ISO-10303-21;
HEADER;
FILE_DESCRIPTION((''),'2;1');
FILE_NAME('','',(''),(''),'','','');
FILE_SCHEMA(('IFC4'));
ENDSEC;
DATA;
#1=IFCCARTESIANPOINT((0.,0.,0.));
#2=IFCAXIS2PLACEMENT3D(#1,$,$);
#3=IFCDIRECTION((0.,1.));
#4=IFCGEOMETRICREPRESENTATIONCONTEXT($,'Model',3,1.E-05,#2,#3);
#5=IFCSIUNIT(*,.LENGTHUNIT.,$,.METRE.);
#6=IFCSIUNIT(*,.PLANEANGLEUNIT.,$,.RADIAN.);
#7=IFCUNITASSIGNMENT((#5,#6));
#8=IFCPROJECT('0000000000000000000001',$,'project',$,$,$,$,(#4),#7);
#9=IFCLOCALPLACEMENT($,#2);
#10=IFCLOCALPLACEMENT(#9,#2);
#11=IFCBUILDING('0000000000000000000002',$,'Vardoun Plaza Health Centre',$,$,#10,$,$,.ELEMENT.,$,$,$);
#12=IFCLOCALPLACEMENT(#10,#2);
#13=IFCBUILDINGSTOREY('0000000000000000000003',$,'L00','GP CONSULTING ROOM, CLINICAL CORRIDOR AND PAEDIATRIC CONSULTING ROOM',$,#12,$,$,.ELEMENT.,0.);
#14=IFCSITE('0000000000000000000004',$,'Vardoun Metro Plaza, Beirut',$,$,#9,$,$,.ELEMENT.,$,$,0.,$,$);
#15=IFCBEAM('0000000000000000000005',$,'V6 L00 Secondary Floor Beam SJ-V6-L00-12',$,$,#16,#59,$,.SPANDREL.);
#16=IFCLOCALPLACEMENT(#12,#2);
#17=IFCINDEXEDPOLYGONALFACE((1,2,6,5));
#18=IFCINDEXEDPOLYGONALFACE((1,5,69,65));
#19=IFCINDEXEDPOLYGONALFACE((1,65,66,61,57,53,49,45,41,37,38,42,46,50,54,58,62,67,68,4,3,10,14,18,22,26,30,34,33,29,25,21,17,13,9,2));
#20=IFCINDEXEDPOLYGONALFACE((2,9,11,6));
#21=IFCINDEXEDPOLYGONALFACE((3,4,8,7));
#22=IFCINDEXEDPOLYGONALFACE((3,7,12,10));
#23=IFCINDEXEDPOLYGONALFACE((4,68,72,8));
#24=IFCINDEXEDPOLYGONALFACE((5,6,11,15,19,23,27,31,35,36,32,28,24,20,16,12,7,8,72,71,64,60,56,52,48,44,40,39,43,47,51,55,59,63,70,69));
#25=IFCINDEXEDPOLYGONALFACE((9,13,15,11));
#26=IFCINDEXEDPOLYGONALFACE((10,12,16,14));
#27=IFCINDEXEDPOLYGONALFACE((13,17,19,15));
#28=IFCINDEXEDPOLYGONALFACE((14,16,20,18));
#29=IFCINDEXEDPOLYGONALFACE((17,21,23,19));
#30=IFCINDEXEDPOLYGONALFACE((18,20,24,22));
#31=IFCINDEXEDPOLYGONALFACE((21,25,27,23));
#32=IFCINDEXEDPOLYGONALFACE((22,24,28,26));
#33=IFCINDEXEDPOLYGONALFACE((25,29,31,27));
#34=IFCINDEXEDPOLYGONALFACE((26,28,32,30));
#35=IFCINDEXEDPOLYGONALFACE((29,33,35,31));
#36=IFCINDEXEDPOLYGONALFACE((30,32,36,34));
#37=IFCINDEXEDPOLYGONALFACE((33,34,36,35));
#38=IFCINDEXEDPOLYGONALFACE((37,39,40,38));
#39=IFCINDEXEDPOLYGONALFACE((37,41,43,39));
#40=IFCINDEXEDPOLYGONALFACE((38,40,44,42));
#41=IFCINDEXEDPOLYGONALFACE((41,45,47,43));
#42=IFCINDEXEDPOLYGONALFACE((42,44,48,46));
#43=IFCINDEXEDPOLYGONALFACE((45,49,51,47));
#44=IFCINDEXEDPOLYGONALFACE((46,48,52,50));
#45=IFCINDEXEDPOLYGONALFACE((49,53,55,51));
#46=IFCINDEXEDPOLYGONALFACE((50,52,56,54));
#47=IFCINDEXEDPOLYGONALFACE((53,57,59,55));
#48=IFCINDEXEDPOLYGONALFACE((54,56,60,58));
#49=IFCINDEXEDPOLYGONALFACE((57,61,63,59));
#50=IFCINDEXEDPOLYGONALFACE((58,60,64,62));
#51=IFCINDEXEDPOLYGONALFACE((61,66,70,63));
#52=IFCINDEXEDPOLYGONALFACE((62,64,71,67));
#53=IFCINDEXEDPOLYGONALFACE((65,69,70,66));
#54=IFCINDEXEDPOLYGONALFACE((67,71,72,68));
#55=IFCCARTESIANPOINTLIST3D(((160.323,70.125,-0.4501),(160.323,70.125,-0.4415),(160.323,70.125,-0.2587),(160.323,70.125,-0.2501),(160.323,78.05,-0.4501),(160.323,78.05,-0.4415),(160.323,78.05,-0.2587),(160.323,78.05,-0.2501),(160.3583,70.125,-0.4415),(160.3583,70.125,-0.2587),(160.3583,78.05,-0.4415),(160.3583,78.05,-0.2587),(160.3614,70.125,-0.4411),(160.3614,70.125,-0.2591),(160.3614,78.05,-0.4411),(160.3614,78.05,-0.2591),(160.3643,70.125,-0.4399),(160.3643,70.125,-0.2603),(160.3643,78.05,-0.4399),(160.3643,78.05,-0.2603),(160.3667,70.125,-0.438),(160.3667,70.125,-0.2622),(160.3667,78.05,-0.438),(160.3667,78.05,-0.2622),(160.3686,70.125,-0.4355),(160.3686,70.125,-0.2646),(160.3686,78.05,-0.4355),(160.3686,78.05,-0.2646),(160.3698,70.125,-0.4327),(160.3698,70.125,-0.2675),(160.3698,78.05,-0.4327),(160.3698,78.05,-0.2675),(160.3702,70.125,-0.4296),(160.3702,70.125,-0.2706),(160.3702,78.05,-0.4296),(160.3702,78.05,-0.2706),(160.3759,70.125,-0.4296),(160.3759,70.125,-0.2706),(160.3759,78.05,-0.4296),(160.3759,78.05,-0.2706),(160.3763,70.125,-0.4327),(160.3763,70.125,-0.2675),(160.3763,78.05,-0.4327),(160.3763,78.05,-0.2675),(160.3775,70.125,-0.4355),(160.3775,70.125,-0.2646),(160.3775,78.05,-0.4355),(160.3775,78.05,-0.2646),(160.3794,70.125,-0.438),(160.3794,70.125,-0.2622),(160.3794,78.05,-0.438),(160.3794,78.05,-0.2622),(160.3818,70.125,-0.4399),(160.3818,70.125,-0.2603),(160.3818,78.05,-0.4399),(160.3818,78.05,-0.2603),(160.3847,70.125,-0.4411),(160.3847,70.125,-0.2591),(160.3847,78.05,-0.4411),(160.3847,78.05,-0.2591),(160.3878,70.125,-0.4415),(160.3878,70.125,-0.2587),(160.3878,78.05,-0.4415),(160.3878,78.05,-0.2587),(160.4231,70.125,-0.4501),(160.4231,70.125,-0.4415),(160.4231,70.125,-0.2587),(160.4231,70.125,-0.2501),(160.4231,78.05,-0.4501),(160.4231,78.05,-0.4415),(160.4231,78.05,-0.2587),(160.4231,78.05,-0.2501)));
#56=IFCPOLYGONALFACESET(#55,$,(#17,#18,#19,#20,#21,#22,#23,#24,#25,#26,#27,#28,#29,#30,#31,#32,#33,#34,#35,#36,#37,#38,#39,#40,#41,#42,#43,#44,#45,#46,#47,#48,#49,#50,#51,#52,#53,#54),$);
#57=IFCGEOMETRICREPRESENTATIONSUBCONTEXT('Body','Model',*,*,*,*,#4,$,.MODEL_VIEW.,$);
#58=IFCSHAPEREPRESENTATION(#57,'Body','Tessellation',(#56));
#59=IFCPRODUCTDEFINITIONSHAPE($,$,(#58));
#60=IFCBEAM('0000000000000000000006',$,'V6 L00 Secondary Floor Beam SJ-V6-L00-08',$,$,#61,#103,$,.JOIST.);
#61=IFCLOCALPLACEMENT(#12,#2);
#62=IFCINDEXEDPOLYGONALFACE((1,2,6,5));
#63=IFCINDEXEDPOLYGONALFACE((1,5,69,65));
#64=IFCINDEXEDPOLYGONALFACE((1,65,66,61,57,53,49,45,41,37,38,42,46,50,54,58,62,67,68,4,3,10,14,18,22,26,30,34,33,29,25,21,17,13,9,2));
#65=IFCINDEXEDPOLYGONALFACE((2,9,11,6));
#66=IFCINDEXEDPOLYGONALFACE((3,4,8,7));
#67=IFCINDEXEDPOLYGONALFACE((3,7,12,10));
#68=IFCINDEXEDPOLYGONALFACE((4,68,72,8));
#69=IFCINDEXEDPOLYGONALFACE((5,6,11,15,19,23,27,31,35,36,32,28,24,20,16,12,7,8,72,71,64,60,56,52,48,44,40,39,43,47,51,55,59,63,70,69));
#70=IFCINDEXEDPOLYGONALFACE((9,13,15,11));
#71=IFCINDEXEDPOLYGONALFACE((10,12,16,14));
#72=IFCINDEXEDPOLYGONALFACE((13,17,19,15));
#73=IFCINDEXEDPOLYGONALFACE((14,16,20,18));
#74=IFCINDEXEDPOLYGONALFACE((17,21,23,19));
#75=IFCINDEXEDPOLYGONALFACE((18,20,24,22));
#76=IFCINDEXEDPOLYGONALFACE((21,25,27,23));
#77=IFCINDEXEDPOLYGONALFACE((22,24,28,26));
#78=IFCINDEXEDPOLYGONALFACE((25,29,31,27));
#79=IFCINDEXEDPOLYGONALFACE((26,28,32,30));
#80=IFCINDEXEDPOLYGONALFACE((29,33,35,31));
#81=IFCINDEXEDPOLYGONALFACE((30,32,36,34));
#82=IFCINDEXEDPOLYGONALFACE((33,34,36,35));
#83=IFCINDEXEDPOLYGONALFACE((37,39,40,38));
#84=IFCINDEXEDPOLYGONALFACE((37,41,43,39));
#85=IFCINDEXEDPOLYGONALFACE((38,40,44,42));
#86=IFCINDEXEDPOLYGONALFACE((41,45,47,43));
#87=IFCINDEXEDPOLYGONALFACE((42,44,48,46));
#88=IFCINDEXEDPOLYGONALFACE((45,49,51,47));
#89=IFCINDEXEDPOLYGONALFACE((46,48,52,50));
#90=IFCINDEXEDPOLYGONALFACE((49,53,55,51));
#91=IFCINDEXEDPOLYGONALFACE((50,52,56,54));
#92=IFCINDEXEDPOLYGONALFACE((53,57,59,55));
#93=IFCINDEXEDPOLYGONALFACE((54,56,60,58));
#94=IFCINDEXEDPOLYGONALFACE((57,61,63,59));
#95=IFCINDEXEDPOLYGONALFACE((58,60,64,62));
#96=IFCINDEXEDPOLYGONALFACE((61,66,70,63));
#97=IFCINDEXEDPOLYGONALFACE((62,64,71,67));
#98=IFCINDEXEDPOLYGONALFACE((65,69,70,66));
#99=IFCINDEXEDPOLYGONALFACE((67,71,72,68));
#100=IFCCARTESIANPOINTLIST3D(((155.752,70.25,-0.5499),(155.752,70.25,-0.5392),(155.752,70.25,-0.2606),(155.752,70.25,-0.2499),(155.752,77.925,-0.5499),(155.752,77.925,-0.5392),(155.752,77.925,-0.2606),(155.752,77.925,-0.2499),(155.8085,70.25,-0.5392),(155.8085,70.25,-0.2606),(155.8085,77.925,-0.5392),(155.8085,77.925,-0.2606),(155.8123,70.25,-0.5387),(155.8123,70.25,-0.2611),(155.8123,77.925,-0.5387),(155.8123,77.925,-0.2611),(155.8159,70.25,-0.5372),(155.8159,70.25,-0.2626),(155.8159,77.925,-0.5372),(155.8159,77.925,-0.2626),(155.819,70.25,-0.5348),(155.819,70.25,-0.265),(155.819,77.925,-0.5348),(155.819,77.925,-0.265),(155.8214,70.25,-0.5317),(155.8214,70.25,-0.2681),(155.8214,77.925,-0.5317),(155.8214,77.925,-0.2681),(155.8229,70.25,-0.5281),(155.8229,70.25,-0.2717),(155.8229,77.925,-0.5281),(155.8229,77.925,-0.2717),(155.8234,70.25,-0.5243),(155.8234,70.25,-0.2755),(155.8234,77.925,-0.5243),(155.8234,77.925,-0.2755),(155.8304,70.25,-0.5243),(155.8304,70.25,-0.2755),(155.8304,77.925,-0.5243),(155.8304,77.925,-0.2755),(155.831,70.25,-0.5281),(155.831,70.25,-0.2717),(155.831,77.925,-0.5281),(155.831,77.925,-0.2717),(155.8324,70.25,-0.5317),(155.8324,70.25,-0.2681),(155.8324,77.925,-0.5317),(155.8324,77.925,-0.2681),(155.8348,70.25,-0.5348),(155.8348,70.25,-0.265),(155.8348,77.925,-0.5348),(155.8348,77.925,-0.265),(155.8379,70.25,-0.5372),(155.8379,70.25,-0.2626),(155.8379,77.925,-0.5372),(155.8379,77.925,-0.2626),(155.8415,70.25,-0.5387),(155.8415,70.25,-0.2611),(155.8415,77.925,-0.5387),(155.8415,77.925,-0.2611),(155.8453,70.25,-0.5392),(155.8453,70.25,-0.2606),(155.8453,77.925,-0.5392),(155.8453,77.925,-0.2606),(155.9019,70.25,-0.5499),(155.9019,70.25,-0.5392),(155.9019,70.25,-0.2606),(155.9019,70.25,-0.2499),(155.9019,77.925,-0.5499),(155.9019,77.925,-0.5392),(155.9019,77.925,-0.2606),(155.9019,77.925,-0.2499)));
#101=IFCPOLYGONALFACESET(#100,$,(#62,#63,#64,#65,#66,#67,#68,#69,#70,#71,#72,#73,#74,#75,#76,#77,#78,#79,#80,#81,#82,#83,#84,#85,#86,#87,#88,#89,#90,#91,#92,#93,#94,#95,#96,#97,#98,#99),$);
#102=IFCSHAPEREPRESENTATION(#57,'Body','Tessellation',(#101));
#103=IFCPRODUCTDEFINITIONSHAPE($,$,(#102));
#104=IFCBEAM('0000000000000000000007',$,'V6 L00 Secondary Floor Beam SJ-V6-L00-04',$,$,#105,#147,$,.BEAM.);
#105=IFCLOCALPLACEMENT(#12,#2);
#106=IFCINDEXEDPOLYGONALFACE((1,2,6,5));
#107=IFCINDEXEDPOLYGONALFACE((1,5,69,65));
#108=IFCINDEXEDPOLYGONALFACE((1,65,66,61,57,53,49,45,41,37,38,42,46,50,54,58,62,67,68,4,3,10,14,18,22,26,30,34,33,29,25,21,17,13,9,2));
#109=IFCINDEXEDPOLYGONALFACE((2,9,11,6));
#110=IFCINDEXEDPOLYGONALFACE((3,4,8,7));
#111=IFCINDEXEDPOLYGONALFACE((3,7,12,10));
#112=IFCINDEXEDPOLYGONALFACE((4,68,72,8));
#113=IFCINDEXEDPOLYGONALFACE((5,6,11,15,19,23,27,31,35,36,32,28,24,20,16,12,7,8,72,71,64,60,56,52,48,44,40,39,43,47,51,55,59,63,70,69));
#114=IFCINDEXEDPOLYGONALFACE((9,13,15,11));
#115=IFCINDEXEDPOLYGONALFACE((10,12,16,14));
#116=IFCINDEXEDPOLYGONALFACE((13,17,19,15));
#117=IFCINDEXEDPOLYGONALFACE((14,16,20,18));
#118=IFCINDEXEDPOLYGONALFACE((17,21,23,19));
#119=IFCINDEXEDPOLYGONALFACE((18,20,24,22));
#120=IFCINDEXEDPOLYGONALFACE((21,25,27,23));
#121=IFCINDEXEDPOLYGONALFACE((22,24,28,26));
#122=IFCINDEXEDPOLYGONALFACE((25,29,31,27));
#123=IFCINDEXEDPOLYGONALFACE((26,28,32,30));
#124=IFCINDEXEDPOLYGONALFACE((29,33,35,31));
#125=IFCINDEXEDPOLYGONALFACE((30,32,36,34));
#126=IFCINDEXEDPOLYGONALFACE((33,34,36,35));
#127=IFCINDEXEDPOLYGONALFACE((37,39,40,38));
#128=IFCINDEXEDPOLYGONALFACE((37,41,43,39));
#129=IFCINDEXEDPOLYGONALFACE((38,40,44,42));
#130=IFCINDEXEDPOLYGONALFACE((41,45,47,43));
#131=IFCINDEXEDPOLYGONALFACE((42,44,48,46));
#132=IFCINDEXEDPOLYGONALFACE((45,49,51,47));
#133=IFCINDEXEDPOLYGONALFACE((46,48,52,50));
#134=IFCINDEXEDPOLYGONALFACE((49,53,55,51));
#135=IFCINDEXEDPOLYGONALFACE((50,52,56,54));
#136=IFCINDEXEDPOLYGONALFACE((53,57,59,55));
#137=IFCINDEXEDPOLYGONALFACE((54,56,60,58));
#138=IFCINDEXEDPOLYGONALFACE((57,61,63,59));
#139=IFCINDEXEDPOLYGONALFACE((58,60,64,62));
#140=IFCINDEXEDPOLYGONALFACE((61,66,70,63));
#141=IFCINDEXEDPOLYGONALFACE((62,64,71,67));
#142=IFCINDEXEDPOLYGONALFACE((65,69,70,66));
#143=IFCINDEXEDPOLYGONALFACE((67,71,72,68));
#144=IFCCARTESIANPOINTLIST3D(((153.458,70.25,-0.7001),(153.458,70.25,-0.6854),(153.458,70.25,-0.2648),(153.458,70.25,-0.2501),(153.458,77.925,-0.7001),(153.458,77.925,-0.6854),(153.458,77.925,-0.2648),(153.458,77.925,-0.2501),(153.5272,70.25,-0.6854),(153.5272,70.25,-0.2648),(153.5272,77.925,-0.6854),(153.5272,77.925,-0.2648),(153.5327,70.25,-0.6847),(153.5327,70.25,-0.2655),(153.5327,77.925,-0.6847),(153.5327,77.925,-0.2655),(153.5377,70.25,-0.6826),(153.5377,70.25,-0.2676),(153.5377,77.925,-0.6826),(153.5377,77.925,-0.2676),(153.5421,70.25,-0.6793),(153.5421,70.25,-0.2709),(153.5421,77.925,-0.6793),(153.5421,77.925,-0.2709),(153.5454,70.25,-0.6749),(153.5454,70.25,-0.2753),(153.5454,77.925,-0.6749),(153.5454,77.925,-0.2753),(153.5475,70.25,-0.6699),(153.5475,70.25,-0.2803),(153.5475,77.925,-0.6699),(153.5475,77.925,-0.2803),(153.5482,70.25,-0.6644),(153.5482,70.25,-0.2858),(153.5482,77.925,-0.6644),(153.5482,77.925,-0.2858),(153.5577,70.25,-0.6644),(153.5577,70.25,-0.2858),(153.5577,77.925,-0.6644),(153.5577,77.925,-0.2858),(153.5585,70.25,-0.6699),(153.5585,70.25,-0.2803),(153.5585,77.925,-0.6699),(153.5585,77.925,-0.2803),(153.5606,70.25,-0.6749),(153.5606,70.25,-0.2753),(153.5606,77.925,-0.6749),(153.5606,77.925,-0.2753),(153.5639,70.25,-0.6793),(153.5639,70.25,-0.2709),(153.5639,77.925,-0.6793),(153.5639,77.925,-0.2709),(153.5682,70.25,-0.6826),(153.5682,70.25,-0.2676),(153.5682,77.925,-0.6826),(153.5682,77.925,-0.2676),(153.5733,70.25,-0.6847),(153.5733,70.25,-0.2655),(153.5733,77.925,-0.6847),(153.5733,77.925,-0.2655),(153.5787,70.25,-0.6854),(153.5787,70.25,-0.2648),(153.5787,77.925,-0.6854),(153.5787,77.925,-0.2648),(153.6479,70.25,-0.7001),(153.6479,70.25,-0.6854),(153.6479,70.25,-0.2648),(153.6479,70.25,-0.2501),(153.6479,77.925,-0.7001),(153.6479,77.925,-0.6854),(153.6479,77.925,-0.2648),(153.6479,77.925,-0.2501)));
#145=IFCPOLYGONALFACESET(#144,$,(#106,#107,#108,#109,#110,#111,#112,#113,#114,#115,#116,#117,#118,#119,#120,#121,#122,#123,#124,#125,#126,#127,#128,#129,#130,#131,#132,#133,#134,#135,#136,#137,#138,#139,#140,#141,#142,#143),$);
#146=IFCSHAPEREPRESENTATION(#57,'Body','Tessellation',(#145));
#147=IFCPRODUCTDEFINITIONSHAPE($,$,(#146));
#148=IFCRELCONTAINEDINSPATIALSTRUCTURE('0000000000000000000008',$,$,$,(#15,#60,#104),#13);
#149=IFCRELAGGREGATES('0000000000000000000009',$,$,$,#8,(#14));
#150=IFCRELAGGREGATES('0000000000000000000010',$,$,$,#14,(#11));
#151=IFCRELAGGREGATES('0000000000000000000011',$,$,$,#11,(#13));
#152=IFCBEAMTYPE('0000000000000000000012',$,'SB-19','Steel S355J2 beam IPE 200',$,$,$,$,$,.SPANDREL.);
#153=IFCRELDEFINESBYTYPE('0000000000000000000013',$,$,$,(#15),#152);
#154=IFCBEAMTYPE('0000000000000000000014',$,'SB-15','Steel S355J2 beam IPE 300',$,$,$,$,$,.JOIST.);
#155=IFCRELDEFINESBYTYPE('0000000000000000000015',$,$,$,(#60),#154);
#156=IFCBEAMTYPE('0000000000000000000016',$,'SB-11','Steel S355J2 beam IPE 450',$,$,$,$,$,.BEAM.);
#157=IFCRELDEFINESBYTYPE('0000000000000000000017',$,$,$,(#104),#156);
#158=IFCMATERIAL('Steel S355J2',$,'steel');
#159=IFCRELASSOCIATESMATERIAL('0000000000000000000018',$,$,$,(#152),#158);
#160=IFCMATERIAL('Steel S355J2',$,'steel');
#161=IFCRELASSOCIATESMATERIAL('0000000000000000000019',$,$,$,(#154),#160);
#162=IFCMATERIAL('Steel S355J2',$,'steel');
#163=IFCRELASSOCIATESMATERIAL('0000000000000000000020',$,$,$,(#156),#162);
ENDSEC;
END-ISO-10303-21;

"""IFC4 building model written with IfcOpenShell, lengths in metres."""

from ifc_helpers import new_model, si_unit, direction, frame, origin, origin_2d, place, context, subcontext, project, spatial, i_section, extrude, material, material_profile, profile_set, type_object, element, save


model = new_model("IFC4")

# Units and contexts
model_context = context("Model", 3, precision=1e-05, world=origin(), true_north=direction((0.0, 1.0)))
body_context = subcontext(model_context, "Body", "Model", "MODEL_VIEW")
ifc_project = project(units=[si_unit("LENGTHUNIT", "METRE"), si_unit("PLANEANGLEUNIT", "RADIAN")], contexts=[model_context])

# Site, building, storey
site_placement = place(None, origin())
site = spatial("IfcSite", under=ifc_project, at=site_placement, Name="Vardoun Metro Plaza, Beirut", CompositionType="ELEMENT", RefElevation=0.0)
building_placement = place(site_placement, origin())
building = spatial("IfcBuilding", under=site, at=building_placement, Name="Vardoun Plaza Health Centre", CompositionType="ELEMENT")
storey_placement = place(building_placement, origin())
storey = spatial("IfcBuildingStorey", under=building, at=storey_placement, Name="L00", Description="GP CONSULTING ROOM, CLINICAL CORRIDOR AND PAEDIATRIC CONSULTING ROOM", CompositionType="ELEMENT", Elevation=0.0)

# Beams
ifc_material_1 = material(Name="Steel S355J2", Category="steel")
ifc_material_profile_1 = material_profile(ifc_material_1, i_section(OverallWidth=0.1001, OverallDepth=0.2, WebThickness=0.0056, FlangeThickness=0.0085, FilletRadius=0.012, at=origin_2d()), Name="IPE 200")
ifc_profile_set_1 = profile_set([ifc_material_profile_1], Name="Steel S355J2")
beam_type_1 = type_object("IfcBeamType", Name="SB-19", Description="Steel S355J2 beam IPE 200", PredefinedType="SPANDREL", material=ifc_profile_set_1)
beam_1_placement = place(storey_placement, frame((160.373, 70.125, -0.3501), z_axis=(0.0, 1.0, 0.0), x_axis=(-1.0, 0.0, 0.0)))
element("IfcBeam", 1, at=beam_1_placement, inside=storey, type_object=beam_type_1, Name="V6 L00 Secondary Floor Beam SJ-V6-L00-12", PredefinedType="SPANDREL", context=body_context, shape_type="SweptSolid", body=[
    extrude(i_section(OverallWidth=0.1001, OverallDepth=0.2, WebThickness=0.0056, FlangeThickness=0.0085, FilletRadius=0.012, at=origin_2d()), origin(), (0.0, 0.0, 1.0), 7.925),
])
ifc_material_2 = material(Name="Steel S355J2", Category="steel")
ifc_material_profile_2 = material_profile(ifc_material_2, i_section(OverallWidth=0.1499, OverallDepth=0.3, WebThickness=0.0071, FlangeThickness=0.0107, FilletRadius=0.0149, at=origin_2d()), Name="IPE 300")
ifc_profile_set_2 = profile_set([ifc_material_profile_2], Name="Steel S355J2")
beam_type_2 = type_object("IfcBeamType", Name="SB-15", Description="Steel S355J2 beam IPE 300", PredefinedType="JOIST", material=ifc_profile_set_2)
beam_2_placement = place(storey_placement, frame((155.8269, 70.25, -0.3999), z_axis=(0.0, 1.0, 0.0), x_axis=(-1.0, 0.0, 0.0)))
element("IfcBeam", 2, at=beam_2_placement, inside=storey, type_object=beam_type_2, Name="V6 L00 Secondary Floor Beam SJ-V6-L00-08", PredefinedType="JOIST", context=body_context, shape_type="SweptSolid", body=[
    extrude(i_section(OverallWidth=0.1499, OverallDepth=0.3, WebThickness=0.0071, FlangeThickness=0.0107, FilletRadius=0.0149, at=origin_2d()), origin(), (0.0, 0.0, 1.0), 7.675),
])
ifc_material_3 = material(Name="Steel S355J2", Category="steel")
ifc_material_profile_3 = material_profile(ifc_material_3, i_section(OverallWidth=0.1899, OverallDepth=0.45, WebThickness=0.0095, FlangeThickness=0.0146, FilletRadius=0.021, at=origin_2d()), Name="IPE 450")
ifc_profile_set_3 = profile_set([ifc_material_profile_3], Name="Steel S355J2")
beam_type_3 = type_object("IfcBeamType", Name="SB-11", Description="Steel S355J2 beam IPE 450", PredefinedType="BEAM", material=ifc_profile_set_3)
beam_3_placement = place(storey_placement, frame((153.553, 70.25, -0.4751), z_axis=(0.0, 1.0, 0.0), x_axis=(-1.0, 0.0, 0.0)))
element("IfcBeam", 3, at=beam_3_placement, inside=storey, type_object=beam_type_3, Name="V6 L00 Secondary Floor Beam SJ-V6-L00-04", PredefinedType="BEAM", context=body_context, shape_type="SweptSolid", body=[
    extrude(i_section(OverallWidth=0.1899, OverallDepth=0.45, WebThickness=0.0095, FlangeThickness=0.0146, FilletRadius=0.021, at=origin_2d()), origin(), (0.0, 0.0, 1.0), 7.675),
])

save(model, "model.ifc")
